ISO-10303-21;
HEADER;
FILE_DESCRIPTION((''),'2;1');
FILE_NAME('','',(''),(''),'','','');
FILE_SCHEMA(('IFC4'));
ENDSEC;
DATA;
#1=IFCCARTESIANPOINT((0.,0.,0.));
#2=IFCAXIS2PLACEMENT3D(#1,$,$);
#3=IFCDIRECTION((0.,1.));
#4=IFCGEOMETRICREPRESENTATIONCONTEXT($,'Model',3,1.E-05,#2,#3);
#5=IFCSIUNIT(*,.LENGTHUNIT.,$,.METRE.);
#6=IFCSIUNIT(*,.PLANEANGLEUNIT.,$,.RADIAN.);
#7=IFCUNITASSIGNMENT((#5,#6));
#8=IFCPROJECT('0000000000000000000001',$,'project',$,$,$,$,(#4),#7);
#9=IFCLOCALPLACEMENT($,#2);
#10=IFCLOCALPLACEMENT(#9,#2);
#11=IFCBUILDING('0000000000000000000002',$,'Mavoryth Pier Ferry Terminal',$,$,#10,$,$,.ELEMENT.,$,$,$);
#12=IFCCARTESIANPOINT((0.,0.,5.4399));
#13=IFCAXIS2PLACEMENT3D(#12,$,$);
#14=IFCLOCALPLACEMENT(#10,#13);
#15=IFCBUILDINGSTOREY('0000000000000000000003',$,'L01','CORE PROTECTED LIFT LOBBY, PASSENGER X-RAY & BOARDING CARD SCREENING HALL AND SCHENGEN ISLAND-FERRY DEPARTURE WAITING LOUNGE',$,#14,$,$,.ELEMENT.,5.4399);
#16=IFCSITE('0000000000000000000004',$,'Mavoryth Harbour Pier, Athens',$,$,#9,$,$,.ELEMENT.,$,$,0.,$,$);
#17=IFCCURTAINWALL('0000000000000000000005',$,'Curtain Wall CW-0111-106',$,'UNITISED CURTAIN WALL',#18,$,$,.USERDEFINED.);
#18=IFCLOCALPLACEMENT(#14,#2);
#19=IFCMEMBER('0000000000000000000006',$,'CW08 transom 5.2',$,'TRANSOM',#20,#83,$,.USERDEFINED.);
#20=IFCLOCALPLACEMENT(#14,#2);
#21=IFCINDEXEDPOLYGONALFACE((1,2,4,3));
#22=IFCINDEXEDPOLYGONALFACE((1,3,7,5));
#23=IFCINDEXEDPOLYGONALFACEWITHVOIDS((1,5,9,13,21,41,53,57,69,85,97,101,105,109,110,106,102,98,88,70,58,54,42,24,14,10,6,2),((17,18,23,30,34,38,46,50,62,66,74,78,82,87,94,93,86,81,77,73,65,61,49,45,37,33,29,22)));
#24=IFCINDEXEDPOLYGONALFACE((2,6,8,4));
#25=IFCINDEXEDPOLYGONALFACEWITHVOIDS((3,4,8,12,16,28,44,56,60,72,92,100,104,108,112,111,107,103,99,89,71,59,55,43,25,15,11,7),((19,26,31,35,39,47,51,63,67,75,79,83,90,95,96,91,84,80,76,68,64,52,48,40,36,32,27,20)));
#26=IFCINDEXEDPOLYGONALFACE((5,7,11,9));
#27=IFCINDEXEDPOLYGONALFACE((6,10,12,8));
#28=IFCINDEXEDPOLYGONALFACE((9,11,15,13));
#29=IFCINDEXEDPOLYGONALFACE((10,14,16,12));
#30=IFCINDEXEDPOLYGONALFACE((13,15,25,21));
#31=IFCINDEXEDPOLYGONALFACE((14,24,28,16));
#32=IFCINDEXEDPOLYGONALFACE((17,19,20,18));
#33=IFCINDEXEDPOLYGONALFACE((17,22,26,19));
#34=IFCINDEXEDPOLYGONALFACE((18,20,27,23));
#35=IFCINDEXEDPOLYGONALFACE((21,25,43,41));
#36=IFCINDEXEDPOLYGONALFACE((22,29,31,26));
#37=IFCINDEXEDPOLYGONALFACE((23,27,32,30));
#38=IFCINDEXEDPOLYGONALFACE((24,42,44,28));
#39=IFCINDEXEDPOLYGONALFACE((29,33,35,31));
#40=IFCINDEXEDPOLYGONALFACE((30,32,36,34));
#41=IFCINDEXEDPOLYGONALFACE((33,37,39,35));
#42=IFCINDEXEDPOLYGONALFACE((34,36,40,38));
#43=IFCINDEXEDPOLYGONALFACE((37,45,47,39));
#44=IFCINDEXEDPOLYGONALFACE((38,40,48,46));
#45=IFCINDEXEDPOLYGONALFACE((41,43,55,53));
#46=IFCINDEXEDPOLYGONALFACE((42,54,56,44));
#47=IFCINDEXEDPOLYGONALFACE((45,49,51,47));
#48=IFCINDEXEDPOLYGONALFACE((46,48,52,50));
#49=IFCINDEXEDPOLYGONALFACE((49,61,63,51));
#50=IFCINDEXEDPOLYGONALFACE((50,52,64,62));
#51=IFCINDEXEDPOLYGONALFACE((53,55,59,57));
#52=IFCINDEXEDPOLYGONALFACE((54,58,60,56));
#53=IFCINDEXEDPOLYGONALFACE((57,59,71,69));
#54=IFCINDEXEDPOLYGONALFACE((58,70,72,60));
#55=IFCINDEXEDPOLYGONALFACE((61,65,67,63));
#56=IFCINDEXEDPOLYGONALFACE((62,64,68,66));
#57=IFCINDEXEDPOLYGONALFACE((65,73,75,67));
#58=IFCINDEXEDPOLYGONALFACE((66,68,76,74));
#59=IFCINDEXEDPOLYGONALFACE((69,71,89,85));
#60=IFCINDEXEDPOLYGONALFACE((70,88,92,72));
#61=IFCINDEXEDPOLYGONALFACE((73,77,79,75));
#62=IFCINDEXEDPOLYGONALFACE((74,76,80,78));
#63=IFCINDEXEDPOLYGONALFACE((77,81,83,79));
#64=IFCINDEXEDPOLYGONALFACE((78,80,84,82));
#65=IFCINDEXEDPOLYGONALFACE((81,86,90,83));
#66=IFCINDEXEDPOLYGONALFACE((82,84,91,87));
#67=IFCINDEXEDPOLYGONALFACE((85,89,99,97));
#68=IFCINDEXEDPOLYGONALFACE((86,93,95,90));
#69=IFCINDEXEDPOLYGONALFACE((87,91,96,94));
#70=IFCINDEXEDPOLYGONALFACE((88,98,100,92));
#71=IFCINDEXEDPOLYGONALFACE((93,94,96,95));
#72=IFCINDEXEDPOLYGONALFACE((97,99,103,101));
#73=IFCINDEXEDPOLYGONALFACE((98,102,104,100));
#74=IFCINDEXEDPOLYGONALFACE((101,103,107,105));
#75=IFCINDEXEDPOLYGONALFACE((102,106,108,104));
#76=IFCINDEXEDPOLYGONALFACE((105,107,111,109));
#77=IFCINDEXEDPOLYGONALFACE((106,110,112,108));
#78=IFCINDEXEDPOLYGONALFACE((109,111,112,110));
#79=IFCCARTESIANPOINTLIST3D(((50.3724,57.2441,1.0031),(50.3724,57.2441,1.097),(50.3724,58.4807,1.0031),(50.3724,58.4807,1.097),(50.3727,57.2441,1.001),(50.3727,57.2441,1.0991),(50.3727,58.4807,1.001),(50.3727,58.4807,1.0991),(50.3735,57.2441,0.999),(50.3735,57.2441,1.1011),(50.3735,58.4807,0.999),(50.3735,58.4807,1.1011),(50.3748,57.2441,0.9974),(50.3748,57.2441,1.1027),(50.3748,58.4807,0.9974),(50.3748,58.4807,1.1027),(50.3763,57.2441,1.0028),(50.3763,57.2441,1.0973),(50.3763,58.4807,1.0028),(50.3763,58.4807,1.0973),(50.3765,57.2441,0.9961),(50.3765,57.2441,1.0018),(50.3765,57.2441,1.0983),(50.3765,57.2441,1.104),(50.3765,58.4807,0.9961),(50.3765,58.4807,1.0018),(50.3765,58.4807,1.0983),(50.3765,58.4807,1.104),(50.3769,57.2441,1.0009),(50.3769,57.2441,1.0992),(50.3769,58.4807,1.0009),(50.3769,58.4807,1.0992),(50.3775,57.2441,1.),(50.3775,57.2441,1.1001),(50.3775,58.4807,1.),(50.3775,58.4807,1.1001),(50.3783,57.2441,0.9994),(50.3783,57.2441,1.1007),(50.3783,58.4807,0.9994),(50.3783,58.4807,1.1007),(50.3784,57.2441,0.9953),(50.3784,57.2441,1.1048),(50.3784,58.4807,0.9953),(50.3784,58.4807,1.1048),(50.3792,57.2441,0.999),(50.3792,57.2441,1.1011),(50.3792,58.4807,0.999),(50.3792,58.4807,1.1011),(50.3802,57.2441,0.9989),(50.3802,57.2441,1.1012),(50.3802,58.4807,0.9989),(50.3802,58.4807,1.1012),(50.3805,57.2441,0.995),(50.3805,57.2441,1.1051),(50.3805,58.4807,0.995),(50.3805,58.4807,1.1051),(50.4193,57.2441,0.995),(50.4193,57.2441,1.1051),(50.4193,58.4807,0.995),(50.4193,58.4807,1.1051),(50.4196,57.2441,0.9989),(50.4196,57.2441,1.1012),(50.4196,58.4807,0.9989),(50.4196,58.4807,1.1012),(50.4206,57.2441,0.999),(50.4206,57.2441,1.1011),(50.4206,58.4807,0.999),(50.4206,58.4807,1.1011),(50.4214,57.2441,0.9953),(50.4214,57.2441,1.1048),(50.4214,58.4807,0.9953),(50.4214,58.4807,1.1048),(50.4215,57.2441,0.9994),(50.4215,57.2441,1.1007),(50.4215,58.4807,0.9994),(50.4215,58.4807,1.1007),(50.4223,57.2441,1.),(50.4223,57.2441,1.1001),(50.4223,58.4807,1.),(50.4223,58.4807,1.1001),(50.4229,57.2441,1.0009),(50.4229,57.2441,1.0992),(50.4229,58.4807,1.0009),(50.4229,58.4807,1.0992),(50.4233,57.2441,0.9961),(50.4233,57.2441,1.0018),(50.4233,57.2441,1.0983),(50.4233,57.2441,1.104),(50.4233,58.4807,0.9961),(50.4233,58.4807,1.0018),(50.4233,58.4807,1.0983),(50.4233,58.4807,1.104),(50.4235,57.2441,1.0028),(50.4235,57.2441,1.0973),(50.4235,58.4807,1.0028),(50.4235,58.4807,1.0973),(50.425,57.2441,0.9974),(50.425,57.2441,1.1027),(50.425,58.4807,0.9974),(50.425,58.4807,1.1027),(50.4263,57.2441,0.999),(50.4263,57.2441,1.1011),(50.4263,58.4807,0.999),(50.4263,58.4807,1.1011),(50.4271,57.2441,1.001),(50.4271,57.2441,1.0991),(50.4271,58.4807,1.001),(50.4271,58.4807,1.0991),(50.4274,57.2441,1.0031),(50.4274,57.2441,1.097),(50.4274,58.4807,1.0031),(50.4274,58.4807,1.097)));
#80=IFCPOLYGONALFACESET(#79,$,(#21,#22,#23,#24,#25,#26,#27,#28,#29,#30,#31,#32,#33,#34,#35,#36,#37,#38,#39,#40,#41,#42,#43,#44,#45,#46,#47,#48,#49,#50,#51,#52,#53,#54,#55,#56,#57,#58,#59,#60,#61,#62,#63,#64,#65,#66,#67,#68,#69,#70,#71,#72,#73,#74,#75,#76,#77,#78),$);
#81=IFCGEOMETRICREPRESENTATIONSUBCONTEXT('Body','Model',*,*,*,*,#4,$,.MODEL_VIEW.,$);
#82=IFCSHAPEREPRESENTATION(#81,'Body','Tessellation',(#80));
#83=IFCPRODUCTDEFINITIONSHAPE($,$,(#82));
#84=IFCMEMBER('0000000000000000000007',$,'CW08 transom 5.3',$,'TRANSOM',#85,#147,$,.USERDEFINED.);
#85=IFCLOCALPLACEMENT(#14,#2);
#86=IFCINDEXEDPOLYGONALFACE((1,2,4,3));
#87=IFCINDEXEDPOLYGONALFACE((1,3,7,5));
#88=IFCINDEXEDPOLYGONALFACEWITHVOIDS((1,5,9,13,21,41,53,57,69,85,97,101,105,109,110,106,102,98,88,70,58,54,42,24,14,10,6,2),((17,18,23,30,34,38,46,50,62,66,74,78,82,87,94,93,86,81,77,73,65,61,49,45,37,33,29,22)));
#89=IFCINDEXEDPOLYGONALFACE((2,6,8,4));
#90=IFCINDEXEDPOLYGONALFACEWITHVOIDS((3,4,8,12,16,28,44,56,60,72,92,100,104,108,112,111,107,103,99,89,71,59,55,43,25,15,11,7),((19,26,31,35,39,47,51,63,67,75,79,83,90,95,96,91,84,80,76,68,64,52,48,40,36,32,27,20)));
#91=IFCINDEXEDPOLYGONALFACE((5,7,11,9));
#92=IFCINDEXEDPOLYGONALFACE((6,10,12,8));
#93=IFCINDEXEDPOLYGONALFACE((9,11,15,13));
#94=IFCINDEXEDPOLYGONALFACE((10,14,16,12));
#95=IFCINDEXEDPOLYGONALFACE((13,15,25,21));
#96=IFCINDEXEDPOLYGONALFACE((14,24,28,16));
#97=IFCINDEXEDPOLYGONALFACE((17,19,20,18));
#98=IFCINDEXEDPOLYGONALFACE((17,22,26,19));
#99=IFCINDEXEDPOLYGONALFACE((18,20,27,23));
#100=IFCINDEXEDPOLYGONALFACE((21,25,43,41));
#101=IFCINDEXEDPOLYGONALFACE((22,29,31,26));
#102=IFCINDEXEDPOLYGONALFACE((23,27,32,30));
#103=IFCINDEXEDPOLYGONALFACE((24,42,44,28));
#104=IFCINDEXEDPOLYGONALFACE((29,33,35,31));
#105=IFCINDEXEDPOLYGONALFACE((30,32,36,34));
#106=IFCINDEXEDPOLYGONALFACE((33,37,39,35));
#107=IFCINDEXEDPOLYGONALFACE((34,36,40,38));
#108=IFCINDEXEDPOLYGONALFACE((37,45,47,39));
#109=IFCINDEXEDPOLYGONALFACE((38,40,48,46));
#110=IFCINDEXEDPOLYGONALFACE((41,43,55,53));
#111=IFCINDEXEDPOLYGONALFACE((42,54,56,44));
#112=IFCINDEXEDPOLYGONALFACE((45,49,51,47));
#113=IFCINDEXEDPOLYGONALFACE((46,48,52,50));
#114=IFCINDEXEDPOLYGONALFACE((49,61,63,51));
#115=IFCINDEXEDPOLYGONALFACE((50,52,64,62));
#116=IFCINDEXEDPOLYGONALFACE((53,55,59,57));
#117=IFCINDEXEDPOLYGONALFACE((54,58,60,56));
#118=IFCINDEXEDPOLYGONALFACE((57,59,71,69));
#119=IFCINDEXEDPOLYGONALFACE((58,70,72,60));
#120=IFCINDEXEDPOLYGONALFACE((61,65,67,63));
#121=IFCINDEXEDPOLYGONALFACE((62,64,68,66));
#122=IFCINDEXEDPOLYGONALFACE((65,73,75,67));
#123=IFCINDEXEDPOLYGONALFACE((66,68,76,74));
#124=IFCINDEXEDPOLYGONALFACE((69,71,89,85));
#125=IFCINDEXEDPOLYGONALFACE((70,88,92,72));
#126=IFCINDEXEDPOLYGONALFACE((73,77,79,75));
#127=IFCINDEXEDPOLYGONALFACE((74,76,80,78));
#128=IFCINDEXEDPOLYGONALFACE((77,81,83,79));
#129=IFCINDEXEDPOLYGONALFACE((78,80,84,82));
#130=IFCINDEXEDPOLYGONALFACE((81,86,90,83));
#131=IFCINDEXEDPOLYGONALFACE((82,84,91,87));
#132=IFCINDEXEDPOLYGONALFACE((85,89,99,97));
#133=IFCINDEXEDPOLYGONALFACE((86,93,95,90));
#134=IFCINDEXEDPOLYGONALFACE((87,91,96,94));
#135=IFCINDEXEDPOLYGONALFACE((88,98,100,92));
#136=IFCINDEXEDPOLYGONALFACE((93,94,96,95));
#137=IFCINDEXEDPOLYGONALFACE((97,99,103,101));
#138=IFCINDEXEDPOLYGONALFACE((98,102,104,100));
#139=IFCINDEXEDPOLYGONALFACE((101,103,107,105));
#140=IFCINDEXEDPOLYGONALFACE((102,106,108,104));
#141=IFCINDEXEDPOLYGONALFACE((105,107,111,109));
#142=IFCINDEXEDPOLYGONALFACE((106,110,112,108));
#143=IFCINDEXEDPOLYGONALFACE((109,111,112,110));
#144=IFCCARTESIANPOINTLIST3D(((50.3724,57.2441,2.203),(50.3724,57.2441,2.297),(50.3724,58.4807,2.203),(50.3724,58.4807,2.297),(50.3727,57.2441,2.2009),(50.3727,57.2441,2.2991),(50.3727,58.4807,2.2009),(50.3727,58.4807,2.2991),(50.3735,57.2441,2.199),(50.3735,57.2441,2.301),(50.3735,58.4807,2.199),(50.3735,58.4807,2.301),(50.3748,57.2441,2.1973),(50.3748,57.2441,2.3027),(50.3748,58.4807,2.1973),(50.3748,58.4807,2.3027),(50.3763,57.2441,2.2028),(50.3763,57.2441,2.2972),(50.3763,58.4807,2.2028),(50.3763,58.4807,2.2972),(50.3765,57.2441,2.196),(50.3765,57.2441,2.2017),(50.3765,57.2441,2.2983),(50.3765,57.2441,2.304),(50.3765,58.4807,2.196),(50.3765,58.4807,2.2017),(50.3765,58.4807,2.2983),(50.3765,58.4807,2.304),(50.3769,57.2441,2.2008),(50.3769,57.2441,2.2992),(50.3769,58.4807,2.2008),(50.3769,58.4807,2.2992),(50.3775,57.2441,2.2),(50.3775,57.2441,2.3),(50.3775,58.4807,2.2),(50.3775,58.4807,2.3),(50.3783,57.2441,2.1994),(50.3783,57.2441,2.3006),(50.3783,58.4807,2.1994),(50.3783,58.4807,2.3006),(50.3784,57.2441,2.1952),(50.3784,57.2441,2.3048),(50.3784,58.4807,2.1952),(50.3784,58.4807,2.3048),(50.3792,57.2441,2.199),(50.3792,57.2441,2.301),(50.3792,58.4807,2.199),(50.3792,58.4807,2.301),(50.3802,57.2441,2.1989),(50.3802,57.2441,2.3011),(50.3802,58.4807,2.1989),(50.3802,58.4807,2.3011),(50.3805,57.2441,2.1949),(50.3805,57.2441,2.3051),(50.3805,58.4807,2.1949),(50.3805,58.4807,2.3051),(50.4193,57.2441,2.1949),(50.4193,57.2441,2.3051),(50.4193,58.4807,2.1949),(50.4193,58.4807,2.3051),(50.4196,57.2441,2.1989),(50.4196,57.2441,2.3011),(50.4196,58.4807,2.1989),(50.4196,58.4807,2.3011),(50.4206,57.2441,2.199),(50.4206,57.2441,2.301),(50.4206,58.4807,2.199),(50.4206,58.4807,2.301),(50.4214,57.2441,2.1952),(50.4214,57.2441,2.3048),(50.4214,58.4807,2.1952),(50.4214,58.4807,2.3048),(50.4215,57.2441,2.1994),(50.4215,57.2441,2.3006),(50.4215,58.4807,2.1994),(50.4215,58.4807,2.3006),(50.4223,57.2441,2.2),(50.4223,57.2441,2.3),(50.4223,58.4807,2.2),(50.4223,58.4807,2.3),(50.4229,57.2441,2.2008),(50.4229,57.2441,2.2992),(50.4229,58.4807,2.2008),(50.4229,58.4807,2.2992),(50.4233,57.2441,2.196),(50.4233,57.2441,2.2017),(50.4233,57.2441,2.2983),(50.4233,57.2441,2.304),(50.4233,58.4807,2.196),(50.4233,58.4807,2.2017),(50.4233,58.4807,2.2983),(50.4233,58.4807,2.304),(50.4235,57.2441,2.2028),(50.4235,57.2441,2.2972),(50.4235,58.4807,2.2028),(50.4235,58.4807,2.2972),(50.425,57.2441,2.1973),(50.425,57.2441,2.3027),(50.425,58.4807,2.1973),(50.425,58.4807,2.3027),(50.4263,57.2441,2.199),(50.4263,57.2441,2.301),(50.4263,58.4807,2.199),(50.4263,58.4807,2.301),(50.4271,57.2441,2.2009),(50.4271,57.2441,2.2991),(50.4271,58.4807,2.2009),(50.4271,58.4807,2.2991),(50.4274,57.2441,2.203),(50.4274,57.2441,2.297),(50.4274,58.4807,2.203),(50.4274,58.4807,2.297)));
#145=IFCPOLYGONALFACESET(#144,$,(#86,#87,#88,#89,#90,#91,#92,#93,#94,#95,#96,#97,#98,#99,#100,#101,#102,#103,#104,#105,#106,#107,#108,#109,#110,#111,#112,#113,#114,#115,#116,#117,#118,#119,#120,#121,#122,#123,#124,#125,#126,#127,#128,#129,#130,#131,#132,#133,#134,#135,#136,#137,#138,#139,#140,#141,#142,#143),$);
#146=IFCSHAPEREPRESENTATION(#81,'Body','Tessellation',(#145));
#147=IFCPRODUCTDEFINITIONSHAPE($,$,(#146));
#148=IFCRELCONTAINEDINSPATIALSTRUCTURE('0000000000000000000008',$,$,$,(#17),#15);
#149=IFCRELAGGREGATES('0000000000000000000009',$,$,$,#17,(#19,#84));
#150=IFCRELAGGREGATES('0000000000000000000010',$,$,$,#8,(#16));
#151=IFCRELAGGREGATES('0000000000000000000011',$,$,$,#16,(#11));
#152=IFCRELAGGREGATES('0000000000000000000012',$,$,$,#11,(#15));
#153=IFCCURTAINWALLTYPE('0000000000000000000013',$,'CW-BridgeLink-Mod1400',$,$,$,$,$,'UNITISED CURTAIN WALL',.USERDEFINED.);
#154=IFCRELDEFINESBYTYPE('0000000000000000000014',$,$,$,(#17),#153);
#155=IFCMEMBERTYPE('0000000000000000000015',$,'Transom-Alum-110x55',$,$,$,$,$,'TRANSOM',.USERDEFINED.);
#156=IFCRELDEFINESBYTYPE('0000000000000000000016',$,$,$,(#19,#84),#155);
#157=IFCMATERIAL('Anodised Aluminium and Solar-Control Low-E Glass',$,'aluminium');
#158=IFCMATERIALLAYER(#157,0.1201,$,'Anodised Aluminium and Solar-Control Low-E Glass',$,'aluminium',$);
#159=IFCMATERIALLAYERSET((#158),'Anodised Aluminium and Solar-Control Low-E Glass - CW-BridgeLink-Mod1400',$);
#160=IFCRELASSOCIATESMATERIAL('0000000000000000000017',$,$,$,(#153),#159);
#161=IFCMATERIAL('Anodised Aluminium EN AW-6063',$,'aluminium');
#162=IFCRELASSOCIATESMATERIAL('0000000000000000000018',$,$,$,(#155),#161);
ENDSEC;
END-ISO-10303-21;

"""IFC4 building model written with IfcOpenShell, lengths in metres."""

from ifc_helpers import new_model, si_unit, direction, frame, origin, origin_2d, place, context, subcontext, project, spatial, hollow_rectangle, extrude, material, layer, layer_set, material_profile, profile_set, type_object, element, aggregate, save


model = new_model("IFC4")

# Units and contexts
model_context = context("Model", 3, precision=1e-05, world=origin(), true_north=direction((0.0, 1.0)))
body_context = subcontext(model_context, "Body", "Model", "MODEL_VIEW")
ifc_project = project(units=[si_unit("LENGTHUNIT", "METRE"), si_unit("PLANEANGLEUNIT", "RADIAN")], contexts=[model_context])

# Site, building, storey
site_placement = place(None, origin())
site = spatial("IfcSite", under=ifc_project, at=site_placement, Name="Mavoryth Harbour Pier, Athens", CompositionType="ELEMENT", RefElevation=0.0)
building_placement = place(site_placement, origin())
building = spatial("IfcBuilding", under=site, at=building_placement, Name="Mavoryth Pier Ferry Terminal", CompositionType="ELEMENT")
storey_placement = place(building_placement, frame((0.0, 0.0, 5.4399)))
storey = spatial("IfcBuildingStorey", under=building, at=storey_placement, Name="L01", Description="CORE PROTECTED LIFT LOBBY, PASSENGER X-RAY & BOARDING CARD SCREENING HALL AND SCHENGEN ISLAND-FERRY DEPARTURE WAITING LOUNGE", CompositionType="ELEMENT", Elevation=5.4399)

# Shared definitions
ifc_material_1 = material(Name="Anodised Aluminium and Solar-Control Low-E Glass", Category="aluminium")
ifc_layer_1 = layer(ifc_material_1, 0.1201, Name="Anodised Aluminium and Solar-Control Low-E Glass", Category="aluminium")
ifc_layer_set_1 = layer_set([ifc_layer_1], Name="Anodised Aluminium and Solar-Control Low-E Glass - CW-BridgeLink-Mod1400")
curtain_wall_type = type_object("IfcCurtainWallType", Name="CW-BridgeLink-Mod1400", ElementType="UNITISED CURTAIN WALL", PredefinedType="USERDEFINED", material=ifc_layer_set_1)
ifc_material_2 = material(Name="Anodised Aluminium EN AW-6063", Category="aluminium")

# Curtain wall
curtain_wall_1_placement = place(storey_placement, origin())
curtain_wall_1 = element("IfcCurtainWall", 1, at=curtain_wall_1_placement, inside=storey, type_object=curtain_wall_type, Name="Curtain Wall CW-0111-106", ObjectType="UNITISED CURTAIN WALL", PredefinedType="USERDEFINED")

# Members
ifc_material_profile_1 = material_profile(ifc_material_2, hollow_rectangle(XDim=0.0549, YDim=0.1101, WallThickness=0.0039, InnerFilletRadius=0.0039, OuterFilletRadius=0.0081, at=origin_2d()), Name="AL-TRAN 110x55x4", Category="aluminium")
ifc_profile_set_1 = profile_set([ifc_material_profile_1], Name="Anodised Aluminium EN AW-6063 - AL-TRAN 110x55x4")
member_type_1 = type_object("IfcMemberType", Name="Transom-Alum-110x55", ElementType="TRANSOM", PredefinedType="USERDEFINED", material=ifc_profile_set_1)
member_1_placement = place(storey_placement, frame((50.3999, 58.4807, 1.05), z_axis=(0.0, -1.0, 0.0), x_axis=(1.0, 0.0, 0.0)))
member_1 = element("IfcMember", 2, at=member_1_placement, type_object=member_type_1, Name="CW08 transom 5.2", ObjectType="TRANSOM", PredefinedType="USERDEFINED", context=body_context, shape_type="SweptSolid", body=[
    extrude(hollow_rectangle(XDim=0.0549, YDim=0.1101, WallThickness=0.0039, InnerFilletRadius=0.0039, OuterFilletRadius=0.0081, at=origin_2d()), origin(), (0.0, 0.0, 1.0), 1.2366),
])
member_2_placement = place(storey_placement, frame((50.3999, 58.4807, 2.25), z_axis=(0.0, -1.0, 0.0), x_axis=(1.0, 0.0, 0.0)))
member_2 = element("IfcMember", 3, at=member_2_placement, type_object=member_type_1, Name="CW08 transom 5.3", ObjectType="TRANSOM", PredefinedType="USERDEFINED", context=body_context, shape_type="SweptSolid", body=[
    extrude(hollow_rectangle(XDim=0.0549, YDim=0.1101, WallThickness=0.0039, InnerFilletRadius=0.0039, OuterFilletRadius=0.0081, at=origin_2d()), origin(), (0.0, 0.0, 1.0), 1.2366),
])

aggregate(curtain_wall_1, [member_1, member_2])

save(model, "model.ifc")
